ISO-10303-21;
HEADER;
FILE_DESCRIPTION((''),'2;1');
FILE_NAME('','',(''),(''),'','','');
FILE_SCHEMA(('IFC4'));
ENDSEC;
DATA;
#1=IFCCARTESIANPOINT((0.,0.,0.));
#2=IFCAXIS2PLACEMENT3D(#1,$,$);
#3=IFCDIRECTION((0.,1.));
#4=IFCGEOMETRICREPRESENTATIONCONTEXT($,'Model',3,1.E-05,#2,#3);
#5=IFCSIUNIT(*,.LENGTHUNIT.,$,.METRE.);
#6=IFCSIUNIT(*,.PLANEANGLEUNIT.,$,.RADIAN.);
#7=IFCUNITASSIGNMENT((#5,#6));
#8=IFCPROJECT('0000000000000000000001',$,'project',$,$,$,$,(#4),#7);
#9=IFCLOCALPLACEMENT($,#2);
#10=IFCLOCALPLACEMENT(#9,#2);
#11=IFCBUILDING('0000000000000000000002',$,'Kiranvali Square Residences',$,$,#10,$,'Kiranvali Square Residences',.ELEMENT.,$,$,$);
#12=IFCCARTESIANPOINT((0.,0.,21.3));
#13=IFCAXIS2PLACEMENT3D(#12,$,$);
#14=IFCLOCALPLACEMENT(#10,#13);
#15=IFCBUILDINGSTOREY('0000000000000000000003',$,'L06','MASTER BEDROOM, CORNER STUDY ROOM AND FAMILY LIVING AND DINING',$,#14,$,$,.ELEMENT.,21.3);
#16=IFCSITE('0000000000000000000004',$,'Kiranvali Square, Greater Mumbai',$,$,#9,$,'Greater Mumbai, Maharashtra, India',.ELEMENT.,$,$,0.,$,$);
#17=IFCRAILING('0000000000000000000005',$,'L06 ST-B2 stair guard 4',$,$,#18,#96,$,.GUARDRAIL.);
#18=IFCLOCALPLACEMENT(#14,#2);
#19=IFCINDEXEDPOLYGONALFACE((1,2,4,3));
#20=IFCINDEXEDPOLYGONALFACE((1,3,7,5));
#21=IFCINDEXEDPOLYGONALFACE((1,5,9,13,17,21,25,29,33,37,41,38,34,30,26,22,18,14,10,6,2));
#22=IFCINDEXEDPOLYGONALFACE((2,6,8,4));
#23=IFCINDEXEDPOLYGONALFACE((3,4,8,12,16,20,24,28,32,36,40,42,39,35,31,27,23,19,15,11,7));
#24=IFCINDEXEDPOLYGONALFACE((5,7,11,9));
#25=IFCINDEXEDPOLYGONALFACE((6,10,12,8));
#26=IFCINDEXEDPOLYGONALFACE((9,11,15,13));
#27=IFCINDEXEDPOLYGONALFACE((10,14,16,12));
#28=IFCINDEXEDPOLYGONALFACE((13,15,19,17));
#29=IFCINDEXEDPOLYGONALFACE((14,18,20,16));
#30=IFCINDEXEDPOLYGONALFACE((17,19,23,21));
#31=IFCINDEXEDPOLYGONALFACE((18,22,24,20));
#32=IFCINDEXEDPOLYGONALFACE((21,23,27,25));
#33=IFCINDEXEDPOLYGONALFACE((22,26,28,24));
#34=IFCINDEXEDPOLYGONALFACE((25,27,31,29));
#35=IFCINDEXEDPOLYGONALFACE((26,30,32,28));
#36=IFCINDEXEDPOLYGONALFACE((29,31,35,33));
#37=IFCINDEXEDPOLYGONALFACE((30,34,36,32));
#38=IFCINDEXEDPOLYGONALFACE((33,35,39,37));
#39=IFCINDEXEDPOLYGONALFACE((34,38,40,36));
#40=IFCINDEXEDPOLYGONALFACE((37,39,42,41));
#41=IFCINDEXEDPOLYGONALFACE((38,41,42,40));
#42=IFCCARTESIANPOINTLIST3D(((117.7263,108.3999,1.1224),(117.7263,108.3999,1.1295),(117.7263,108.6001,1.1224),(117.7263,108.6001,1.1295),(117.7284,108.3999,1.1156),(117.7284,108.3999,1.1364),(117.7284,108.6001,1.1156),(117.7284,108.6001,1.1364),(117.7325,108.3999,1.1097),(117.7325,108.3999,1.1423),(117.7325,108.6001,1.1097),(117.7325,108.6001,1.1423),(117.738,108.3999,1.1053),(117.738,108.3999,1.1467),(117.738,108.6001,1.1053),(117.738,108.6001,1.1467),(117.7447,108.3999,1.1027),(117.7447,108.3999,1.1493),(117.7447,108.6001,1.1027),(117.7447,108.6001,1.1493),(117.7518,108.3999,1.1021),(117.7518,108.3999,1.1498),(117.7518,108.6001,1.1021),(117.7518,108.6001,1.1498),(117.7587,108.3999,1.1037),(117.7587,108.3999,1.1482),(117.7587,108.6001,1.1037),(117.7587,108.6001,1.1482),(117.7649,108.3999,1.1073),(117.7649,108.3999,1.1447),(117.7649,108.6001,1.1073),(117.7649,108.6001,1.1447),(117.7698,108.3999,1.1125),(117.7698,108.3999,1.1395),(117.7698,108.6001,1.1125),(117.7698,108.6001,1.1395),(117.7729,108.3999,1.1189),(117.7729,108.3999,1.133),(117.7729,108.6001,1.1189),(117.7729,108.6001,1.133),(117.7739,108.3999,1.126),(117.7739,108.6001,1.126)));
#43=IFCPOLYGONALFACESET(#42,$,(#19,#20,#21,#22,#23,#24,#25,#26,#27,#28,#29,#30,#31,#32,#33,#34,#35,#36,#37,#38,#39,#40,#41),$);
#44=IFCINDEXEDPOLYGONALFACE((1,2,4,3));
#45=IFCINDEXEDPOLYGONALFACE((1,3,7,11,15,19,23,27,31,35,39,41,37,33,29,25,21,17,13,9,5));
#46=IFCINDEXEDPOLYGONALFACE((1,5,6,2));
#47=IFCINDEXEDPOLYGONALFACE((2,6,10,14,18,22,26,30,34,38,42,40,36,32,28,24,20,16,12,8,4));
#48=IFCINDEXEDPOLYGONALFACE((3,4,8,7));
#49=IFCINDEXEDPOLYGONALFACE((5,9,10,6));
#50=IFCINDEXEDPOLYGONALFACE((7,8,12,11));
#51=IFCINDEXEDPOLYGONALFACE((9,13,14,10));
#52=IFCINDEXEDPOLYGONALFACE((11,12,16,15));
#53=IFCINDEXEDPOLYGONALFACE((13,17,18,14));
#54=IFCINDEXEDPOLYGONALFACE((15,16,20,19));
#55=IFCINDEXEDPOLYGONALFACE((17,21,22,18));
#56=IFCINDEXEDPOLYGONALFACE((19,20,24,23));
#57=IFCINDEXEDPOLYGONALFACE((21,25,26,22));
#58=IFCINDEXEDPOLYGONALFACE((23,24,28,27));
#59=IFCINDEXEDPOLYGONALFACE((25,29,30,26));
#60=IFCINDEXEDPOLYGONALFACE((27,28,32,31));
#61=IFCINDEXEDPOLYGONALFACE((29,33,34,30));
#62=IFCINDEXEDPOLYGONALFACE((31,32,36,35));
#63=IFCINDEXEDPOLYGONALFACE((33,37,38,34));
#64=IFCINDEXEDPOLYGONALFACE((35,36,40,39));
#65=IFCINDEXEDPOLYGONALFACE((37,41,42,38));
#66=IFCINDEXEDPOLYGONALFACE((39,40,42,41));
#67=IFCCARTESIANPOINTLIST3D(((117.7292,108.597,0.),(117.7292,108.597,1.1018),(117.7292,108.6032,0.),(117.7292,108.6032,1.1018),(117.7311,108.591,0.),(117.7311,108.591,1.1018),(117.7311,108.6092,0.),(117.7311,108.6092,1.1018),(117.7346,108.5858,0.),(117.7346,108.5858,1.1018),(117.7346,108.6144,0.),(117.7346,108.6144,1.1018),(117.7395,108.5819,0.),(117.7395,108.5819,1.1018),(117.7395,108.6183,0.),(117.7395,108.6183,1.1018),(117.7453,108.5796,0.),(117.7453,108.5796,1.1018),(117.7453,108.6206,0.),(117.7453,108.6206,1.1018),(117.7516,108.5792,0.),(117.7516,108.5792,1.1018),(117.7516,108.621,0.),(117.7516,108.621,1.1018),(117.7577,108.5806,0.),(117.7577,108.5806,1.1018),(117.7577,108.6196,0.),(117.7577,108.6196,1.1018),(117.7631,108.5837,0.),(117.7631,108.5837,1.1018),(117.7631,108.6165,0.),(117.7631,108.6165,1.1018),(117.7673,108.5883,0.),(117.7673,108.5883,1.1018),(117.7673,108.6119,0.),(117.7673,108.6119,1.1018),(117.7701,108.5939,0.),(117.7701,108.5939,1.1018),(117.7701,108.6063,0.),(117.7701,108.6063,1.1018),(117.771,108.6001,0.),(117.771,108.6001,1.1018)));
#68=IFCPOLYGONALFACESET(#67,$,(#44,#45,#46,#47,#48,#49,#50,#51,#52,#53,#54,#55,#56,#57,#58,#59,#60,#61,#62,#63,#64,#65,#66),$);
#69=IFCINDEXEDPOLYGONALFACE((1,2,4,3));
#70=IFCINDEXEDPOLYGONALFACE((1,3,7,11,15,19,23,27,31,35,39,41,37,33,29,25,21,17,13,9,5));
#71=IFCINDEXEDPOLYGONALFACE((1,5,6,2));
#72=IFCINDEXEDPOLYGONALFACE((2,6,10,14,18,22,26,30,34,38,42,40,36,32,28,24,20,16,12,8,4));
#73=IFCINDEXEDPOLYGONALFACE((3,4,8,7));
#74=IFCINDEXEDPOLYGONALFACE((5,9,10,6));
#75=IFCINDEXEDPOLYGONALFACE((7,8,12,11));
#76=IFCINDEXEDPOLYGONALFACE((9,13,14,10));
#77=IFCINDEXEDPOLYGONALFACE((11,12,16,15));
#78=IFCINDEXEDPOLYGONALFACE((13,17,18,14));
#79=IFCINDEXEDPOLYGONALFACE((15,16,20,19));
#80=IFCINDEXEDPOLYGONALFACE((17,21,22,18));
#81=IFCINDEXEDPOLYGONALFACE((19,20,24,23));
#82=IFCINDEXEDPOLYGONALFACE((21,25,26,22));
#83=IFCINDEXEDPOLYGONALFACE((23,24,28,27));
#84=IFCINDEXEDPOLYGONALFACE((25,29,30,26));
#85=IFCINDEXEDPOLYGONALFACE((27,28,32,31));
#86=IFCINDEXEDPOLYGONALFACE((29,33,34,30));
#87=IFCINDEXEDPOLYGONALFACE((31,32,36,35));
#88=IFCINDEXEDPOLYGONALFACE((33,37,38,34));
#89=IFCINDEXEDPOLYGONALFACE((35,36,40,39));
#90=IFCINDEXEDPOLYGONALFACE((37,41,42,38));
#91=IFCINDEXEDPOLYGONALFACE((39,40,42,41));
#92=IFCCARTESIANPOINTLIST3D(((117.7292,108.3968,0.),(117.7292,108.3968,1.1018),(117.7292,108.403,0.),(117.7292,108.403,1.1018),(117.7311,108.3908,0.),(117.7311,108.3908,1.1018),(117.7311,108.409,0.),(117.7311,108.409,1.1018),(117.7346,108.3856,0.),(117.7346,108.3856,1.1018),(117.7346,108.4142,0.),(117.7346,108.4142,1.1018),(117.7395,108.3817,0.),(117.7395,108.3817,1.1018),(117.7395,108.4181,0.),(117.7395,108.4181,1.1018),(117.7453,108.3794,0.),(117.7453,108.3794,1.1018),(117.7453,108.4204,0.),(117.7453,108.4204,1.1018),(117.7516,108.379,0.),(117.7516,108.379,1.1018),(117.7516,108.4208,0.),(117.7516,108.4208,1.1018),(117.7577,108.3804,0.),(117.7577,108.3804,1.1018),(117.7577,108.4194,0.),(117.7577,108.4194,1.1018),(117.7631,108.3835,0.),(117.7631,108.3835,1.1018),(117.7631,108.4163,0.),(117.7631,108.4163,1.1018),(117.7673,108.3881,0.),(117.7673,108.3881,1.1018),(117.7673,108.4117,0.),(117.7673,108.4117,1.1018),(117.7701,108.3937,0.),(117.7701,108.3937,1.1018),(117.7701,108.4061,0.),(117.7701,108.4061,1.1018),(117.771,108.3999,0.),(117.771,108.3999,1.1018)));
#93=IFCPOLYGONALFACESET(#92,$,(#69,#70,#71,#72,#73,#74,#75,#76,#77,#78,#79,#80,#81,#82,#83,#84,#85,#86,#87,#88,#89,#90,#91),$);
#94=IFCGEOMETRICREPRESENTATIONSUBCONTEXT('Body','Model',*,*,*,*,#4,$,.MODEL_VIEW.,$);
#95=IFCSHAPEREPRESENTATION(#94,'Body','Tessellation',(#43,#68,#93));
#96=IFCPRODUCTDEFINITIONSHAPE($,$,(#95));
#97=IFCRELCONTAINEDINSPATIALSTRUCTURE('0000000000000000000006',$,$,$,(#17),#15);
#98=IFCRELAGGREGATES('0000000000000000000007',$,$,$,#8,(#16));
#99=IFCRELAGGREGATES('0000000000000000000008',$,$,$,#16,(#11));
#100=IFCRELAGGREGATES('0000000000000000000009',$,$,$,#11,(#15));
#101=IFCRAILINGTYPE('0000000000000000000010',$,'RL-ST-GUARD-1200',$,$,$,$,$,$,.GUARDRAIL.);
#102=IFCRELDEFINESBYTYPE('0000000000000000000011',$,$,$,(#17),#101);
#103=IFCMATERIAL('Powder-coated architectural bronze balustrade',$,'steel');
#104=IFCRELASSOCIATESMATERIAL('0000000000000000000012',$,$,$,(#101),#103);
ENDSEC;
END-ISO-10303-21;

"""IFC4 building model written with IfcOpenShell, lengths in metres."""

from ifc_helpers import new_model, si_unit, direction, frame, origin, origin_2d, place, context, subcontext, project, spatial, circle, extrude, material, type_object, element, save


model = new_model("IFC4")

# Units and contexts
model_context = context("Model", 3, precision=1e-05, world=origin(), true_north=direction((0.0, 1.0)))
body_context = subcontext(model_context, "Body", "Model", "MODEL_VIEW")
ifc_project = project(units=[si_unit("LENGTHUNIT", "METRE"), si_unit("PLANEANGLEUNIT", "RADIAN")], contexts=[model_context])

# Site, building, storey
site_placement = place(None, origin())
site = spatial("IfcSite", under=ifc_project, at=site_placement, Name="Kiranvali Square, Greater Mumbai", LongName="Greater Mumbai, Maharashtra, India", CompositionType="ELEMENT", RefElevation=0.0)
building_placement = place(site_placement, origin())
building = spatial("IfcBuilding", under=site, at=building_placement, Name="Kiranvali Square Residences", LongName="Kiranvali Square Residences", CompositionType="ELEMENT")
storey_placement = place(building_placement, frame((0.0, 0.0, 21.3)))
storey = spatial("IfcBuildingStorey", under=building, at=storey_placement, Name="L06", Description="MASTER BEDROOM, CORNER STUDY ROOM AND FAMILY LIVING AND DINING", CompositionType="ELEMENT", Elevation=21.3)

# Railing
ifc_material_1 = material(Name="Powder-coated architectural bronze balustrade", Category="steel")
railing_type_1 = type_object("IfcRailingType", Name="RL-ST-GUARD-1200", PredefinedType="GUARDRAIL", material=ifc_material_1)
railing_1_placement = place(storey_placement, frame((117.75, 108.6001, 0.0)))
element("IfcRailing", 1, at=railing_1_placement, inside=storey, type_object=railing_type_1, Name="L06 ST-B2 stair guard 4", PredefinedType="GUARDRAIL", context=body_context, shape_type="SweptSolid", body=[
    extrude(circle(Radius=0.0239, at=origin_2d()), frame((0.0, 0.0, 1.126), z_axis=(0.0, -1.0, 0.0), x_axis=(1.0, 0.0, 0.0)), (0.0, 0.0, 1.0), 0.2002),
    extrude(circle(Radius=0.021, at=origin_2d()), origin(), (0.0, 0.0, 1.0), 1.1018),
    extrude(circle(Radius=0.021, at=origin_2d()), frame((0.0, -0.2002, 0.0)), (0.0, 0.0, 1.0), 1.1018),
])

save(model, "model.ifc")
